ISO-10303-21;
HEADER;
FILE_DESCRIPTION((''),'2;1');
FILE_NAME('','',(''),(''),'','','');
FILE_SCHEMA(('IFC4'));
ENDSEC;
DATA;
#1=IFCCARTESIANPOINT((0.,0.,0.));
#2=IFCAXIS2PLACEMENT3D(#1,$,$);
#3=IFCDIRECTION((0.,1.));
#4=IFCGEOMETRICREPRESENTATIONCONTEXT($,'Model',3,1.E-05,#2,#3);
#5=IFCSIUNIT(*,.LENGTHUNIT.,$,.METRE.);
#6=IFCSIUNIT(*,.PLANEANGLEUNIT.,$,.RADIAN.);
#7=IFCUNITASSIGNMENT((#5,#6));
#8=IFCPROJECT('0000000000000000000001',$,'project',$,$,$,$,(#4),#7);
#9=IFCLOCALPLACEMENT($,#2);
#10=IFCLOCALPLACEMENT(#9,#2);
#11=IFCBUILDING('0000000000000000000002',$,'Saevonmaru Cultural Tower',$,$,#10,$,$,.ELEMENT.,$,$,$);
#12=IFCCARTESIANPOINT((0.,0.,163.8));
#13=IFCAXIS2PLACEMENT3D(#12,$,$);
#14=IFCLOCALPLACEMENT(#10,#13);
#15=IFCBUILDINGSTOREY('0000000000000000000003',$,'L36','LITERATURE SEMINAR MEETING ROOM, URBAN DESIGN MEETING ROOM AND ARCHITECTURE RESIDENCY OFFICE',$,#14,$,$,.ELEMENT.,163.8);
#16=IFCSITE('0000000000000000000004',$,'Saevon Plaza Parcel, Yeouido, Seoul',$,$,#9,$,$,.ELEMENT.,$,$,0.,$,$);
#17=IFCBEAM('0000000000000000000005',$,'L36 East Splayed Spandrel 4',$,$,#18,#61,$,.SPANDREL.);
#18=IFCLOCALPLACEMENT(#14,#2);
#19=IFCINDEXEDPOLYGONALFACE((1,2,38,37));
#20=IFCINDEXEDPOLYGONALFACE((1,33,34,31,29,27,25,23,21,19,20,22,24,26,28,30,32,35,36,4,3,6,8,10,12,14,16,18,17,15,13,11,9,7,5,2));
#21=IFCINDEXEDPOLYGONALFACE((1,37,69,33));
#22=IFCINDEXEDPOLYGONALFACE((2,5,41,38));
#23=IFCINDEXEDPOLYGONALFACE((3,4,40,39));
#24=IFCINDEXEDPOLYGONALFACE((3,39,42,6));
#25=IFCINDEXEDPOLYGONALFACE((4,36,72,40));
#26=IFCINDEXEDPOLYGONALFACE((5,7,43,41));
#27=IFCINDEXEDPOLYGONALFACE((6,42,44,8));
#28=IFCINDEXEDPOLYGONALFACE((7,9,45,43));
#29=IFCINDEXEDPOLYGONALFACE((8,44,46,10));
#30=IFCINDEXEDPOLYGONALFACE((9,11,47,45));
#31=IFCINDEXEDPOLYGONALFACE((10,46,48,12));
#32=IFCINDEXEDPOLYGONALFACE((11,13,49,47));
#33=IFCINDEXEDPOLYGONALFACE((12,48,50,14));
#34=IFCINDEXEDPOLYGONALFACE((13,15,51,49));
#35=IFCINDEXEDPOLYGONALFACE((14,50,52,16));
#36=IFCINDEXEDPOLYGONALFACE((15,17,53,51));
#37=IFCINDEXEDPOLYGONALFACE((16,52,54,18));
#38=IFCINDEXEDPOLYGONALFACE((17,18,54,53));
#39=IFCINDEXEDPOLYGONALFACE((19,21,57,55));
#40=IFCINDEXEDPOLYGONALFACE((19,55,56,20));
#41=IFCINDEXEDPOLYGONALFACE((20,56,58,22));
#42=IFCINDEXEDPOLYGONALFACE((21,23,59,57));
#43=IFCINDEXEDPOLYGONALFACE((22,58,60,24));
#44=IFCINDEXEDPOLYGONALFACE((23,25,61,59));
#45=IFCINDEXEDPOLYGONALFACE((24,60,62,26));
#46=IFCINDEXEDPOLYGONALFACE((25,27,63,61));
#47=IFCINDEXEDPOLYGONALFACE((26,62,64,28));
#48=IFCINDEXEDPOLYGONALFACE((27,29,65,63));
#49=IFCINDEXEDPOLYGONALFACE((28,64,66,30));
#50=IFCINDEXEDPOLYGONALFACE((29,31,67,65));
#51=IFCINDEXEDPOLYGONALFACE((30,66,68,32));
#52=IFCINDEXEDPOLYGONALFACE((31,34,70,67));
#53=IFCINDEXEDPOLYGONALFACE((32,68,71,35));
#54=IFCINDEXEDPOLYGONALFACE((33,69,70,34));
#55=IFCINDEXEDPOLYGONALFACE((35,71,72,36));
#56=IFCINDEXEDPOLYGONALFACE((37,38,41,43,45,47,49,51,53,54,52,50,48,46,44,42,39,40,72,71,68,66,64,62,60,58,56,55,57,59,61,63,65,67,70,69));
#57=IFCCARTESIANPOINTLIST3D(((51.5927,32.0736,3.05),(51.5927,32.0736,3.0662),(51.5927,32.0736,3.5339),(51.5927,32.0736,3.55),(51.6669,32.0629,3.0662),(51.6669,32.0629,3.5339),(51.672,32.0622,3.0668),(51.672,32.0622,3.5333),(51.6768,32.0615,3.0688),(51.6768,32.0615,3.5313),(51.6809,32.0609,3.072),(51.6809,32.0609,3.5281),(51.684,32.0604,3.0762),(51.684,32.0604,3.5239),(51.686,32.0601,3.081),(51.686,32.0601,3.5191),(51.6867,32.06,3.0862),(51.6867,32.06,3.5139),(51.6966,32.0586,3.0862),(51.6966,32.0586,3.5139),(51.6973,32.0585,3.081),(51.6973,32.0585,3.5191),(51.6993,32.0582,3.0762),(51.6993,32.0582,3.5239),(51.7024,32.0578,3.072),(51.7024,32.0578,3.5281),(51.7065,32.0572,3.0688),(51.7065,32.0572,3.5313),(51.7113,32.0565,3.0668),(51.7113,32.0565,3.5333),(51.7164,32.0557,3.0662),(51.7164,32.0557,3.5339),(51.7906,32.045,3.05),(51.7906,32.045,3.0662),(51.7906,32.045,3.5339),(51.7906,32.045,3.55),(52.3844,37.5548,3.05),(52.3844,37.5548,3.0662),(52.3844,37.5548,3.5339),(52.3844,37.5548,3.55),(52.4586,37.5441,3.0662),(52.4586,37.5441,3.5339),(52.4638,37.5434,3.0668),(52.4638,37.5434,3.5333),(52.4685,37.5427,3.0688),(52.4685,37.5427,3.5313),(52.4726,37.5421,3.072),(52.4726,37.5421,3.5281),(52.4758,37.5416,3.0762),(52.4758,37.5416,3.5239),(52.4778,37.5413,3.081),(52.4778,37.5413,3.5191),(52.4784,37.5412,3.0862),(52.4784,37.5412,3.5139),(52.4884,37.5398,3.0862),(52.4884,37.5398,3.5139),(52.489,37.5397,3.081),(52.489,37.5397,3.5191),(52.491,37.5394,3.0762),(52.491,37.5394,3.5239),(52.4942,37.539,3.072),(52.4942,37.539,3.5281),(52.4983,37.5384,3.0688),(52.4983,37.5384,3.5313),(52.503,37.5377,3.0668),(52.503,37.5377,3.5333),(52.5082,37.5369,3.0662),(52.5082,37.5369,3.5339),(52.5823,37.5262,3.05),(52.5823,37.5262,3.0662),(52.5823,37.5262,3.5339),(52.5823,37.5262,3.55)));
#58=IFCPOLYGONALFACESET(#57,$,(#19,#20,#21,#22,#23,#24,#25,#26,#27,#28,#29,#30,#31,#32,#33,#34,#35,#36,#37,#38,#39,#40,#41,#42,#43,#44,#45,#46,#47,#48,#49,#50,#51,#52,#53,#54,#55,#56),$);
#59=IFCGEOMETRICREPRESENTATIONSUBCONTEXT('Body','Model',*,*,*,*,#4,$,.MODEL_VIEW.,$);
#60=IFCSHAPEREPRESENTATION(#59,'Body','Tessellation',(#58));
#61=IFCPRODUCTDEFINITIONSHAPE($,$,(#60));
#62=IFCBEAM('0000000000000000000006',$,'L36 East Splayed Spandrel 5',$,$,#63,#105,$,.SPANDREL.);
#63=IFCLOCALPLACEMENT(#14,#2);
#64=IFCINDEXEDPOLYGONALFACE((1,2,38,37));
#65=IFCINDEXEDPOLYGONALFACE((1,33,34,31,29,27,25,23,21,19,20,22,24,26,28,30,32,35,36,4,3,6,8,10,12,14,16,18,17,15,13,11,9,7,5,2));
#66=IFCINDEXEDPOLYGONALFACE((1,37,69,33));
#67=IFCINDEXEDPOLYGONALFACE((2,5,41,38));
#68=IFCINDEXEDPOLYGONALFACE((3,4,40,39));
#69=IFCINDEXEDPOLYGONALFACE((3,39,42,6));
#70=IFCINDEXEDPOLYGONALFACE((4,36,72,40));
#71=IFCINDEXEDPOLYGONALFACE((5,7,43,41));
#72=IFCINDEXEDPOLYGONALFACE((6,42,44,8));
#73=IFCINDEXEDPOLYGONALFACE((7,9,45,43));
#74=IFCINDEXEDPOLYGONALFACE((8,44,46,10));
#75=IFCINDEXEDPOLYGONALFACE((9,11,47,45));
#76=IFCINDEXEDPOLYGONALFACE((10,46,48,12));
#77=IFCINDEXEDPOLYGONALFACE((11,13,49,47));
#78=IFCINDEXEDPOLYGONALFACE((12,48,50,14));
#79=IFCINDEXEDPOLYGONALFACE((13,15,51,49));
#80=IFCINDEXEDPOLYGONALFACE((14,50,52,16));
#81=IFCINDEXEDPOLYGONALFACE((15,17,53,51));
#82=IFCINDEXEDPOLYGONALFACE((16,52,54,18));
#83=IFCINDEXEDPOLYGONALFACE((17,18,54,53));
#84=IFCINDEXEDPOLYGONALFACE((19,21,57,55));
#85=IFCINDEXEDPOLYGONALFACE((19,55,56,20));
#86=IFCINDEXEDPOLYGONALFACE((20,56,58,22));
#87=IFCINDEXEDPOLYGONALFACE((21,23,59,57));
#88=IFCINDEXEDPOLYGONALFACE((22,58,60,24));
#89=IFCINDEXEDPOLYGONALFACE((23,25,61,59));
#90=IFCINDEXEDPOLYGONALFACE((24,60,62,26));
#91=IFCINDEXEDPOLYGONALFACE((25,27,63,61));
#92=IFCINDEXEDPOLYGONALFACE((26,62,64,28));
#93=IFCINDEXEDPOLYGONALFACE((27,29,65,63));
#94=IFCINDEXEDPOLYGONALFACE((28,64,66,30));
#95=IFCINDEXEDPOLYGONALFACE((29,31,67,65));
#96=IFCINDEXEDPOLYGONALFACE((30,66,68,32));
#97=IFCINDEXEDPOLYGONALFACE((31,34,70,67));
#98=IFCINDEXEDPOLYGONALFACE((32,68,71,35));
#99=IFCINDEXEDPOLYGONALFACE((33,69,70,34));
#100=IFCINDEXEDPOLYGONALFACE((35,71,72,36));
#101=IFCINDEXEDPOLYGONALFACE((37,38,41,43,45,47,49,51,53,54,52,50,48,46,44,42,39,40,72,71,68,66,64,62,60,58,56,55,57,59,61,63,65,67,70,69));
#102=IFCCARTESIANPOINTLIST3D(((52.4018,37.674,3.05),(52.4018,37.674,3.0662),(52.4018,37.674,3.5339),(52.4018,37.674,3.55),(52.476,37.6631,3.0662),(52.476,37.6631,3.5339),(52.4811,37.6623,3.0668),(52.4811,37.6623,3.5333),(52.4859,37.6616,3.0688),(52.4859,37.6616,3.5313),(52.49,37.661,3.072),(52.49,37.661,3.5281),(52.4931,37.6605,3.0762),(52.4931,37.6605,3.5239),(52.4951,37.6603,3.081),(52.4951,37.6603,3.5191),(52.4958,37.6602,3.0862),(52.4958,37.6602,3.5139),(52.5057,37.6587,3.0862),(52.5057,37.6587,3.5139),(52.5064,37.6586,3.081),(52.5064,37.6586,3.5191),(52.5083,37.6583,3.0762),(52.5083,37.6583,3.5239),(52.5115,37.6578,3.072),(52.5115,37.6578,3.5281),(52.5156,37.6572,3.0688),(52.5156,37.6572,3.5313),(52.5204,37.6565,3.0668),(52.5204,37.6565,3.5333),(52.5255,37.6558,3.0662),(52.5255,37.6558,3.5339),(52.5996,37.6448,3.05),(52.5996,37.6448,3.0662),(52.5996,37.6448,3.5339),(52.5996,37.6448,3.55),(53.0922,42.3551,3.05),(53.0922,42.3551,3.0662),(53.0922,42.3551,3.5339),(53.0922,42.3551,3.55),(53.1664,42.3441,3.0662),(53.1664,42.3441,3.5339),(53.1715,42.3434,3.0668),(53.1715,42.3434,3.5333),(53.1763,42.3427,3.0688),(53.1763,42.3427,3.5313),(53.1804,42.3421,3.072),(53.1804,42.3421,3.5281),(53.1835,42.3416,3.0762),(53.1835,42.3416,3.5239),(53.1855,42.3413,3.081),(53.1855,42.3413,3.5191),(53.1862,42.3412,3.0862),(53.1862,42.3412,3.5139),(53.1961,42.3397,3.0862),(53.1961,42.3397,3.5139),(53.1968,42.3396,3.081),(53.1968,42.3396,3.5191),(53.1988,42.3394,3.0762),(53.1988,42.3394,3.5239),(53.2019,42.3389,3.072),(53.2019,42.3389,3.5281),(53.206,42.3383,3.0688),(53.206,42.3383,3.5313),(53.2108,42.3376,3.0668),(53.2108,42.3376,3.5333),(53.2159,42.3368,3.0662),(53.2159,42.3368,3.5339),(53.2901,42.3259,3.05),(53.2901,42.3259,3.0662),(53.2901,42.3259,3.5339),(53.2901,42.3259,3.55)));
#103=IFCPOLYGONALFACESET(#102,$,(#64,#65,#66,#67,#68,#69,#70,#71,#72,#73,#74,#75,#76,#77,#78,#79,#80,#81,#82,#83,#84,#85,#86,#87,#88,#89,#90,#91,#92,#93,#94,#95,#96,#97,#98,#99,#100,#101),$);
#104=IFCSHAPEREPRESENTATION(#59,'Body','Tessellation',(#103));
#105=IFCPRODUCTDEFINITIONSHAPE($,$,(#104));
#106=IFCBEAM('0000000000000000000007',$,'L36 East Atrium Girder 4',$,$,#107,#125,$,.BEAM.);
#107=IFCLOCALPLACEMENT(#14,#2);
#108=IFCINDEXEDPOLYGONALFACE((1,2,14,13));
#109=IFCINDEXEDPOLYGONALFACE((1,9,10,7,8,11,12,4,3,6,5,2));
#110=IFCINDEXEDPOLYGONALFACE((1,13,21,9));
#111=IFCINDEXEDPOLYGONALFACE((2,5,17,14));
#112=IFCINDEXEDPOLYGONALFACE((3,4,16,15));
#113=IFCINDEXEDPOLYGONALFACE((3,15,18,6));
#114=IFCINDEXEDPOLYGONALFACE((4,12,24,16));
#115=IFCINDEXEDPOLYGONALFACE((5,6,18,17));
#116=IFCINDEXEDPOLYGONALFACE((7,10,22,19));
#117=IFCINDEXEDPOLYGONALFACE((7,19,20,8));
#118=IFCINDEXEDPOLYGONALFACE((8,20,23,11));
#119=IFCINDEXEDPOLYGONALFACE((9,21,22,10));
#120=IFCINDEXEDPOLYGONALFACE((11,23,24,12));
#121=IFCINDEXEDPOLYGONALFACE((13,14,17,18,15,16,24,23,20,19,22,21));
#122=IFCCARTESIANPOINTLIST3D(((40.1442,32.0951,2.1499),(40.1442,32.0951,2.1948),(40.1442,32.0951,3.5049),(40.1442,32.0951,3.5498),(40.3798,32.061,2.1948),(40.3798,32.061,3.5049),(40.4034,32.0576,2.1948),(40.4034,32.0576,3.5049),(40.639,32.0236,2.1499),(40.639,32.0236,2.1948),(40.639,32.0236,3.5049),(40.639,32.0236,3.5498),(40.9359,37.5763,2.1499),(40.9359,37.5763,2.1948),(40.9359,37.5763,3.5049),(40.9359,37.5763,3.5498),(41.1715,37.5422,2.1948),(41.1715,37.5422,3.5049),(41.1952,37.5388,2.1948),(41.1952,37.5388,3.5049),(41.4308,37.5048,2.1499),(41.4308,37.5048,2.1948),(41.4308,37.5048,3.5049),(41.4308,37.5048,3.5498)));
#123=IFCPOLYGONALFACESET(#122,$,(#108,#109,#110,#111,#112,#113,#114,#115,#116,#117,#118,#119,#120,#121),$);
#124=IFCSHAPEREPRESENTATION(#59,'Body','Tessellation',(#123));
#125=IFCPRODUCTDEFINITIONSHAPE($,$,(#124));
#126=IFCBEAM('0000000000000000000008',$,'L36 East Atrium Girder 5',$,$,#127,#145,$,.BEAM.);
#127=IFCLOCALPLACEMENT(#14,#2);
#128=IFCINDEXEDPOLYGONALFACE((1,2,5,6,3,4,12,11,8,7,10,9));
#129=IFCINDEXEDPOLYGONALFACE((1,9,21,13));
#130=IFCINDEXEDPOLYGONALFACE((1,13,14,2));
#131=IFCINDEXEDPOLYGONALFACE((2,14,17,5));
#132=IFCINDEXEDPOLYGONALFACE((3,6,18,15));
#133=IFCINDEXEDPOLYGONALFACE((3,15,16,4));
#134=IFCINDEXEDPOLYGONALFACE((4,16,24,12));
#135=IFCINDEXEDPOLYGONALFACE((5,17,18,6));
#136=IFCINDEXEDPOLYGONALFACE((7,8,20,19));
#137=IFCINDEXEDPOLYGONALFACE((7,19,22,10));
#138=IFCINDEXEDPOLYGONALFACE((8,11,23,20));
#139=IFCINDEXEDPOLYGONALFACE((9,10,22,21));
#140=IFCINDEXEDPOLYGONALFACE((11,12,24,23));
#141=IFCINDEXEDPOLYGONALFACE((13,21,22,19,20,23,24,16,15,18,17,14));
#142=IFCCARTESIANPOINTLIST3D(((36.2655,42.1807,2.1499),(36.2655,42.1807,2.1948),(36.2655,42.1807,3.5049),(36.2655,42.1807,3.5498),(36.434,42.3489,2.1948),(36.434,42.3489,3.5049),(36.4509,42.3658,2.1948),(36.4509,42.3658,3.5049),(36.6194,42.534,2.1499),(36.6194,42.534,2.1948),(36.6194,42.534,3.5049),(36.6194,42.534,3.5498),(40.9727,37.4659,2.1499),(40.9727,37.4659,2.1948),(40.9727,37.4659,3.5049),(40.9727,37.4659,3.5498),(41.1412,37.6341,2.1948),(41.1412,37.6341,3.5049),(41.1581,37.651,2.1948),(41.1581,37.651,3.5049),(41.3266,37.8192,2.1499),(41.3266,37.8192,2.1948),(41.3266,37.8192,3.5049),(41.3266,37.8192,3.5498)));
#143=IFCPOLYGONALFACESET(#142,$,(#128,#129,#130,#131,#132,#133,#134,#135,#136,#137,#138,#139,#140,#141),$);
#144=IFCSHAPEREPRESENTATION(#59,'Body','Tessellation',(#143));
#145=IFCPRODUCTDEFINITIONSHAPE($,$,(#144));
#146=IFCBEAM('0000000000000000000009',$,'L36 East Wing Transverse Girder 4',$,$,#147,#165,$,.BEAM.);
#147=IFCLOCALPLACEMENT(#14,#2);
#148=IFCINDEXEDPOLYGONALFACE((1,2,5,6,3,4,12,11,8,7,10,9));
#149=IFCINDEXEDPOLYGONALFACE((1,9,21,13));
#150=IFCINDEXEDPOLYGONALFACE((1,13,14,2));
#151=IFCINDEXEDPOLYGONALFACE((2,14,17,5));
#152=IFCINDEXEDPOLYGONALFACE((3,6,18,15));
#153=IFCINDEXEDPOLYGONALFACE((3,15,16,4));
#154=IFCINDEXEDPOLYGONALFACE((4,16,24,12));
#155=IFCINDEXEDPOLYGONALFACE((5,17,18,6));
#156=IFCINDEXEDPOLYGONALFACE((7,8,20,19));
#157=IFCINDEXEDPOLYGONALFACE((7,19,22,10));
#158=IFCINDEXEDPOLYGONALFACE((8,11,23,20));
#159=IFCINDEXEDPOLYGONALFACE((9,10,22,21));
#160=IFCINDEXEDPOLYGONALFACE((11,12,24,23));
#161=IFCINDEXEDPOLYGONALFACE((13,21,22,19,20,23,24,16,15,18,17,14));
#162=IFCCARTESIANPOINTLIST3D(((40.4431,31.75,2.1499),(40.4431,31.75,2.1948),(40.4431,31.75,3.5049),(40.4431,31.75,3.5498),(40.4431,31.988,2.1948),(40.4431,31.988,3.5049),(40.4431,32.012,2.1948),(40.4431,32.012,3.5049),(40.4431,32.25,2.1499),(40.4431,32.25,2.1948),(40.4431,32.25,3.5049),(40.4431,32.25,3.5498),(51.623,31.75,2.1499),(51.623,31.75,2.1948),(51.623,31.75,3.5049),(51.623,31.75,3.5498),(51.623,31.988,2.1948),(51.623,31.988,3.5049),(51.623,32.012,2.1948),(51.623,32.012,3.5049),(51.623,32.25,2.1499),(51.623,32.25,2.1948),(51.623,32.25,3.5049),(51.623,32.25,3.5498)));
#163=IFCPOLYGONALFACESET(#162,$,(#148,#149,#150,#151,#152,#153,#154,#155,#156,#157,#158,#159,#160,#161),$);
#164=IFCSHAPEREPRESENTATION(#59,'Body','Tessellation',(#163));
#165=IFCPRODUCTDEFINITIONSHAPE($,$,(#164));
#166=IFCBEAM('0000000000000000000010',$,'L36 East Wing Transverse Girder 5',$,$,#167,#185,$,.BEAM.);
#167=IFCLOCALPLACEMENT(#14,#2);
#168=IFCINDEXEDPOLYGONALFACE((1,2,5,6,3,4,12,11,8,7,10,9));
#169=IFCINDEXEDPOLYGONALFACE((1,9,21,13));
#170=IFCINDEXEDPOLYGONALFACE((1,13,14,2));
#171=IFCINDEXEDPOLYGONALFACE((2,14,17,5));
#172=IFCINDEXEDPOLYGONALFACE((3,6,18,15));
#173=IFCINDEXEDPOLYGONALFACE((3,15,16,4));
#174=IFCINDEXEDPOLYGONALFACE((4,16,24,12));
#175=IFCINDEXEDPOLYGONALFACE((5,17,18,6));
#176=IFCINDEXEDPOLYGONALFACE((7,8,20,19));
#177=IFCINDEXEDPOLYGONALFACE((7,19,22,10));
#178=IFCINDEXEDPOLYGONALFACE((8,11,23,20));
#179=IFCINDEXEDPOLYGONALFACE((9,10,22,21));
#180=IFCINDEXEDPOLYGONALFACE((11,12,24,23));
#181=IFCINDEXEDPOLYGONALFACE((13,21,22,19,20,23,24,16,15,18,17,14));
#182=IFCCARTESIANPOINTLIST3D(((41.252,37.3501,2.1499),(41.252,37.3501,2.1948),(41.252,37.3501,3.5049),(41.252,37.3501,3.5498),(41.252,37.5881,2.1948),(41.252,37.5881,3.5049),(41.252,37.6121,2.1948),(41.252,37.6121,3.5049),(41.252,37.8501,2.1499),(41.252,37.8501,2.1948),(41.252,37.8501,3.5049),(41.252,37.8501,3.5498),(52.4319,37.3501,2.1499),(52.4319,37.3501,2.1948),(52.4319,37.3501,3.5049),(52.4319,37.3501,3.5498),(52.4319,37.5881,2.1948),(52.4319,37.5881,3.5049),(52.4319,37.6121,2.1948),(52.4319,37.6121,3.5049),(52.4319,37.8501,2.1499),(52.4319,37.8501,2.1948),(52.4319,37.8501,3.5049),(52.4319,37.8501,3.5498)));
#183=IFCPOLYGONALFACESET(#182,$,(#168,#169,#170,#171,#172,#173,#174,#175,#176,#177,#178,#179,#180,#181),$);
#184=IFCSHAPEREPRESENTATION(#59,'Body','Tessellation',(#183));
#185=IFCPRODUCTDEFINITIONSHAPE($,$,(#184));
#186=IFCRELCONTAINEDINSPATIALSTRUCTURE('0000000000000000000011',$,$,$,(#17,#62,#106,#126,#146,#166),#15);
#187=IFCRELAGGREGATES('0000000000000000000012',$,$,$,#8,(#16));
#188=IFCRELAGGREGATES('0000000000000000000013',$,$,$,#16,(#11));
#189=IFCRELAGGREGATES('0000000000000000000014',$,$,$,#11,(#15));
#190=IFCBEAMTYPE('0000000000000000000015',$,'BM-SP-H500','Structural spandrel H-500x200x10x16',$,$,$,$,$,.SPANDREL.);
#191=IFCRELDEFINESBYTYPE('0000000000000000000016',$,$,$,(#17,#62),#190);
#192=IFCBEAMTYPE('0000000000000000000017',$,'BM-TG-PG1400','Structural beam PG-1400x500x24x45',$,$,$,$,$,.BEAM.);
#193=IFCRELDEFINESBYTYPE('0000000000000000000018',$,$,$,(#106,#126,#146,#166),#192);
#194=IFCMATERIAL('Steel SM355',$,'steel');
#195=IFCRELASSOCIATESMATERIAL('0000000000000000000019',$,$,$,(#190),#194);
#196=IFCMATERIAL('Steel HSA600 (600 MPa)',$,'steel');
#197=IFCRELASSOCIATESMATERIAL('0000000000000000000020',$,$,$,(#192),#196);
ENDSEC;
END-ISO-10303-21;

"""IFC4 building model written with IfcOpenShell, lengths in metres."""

from ifc_helpers import new_model, si_unit, direction, frame, origin, origin_2d, place, context, subcontext, project, spatial, i_section, extrude, material, material_profile, profile_set, type_object, element, save


model = new_model("IFC4")

# Units and contexts
model_context = context("Model", 3, precision=1e-05, world=origin(), true_north=direction((0.0, 1.0)))
body_context = subcontext(model_context, "Body", "Model", "MODEL_VIEW")
ifc_project = project(units=[si_unit("LENGTHUNIT", "METRE"), si_unit("PLANEANGLEUNIT", "RADIAN")], contexts=[model_context])

# Site, building, storey
site_placement = place(None, origin())
site = spatial("IfcSite", under=ifc_project, at=site_placement, Name="Saevon Plaza Parcel, Yeouido, Seoul", CompositionType="ELEMENT", RefElevation=0.0)
building_placement = place(site_placement, origin())
building = spatial("IfcBuilding", under=site, at=building_placement, Name="Saevonmaru Cultural Tower", CompositionType="ELEMENT")
storey_placement = place(building_placement, frame((0.0, 0.0, 163.8)))
storey = spatial("IfcBuildingStorey", under=building, at=storey_placement, Name="L36", Description="LITERATURE SEMINAR MEETING ROOM, URBAN DESIGN MEETING ROOM AND ARCHITECTURE RESIDENCY OFFICE", CompositionType="ELEMENT", Elevation=163.8)

# Shared definitions
ifc_material_1 = material(Name="Steel SM355", Category="steel")

# Beams
ifc_material_profile_1 = material_profile(ifc_material_1, i_section(OverallWidth=0.2, OverallDepth=0.5, WebThickness=0.01, FlangeThickness=0.0161, FilletRadius=0.02, at=origin_2d()), Name="H-500x200x10x16")
ifc_profile_set_1 = profile_set([ifc_material_profile_1], Name="Steel SM355")
beam_type_1 = type_object("IfcBeamType", Name="BM-SP-H500", Description="Structural spandrel H-500x200x10x16", PredefinedType="SPANDREL", material=ifc_profile_set_1)
beam_1_placement = place(storey_placement, frame((51.6917, 32.0593, 3.3), z_axis=(0.142964, 0.989728, 0.0), x_axis=(-0.989728, 0.142964, 0.0)))
element("IfcBeam", 1, at=beam_1_placement, inside=storey, type_object=beam_type_1, Name="L36 East Splayed Spandrel 4", PredefinedType="SPANDREL", context=body_context, shape_type="SweptSolid", body=[
    extrude(i_section(OverallWidth=0.2, OverallDepth=0.5, WebThickness=0.01, FlangeThickness=0.0161, FilletRadius=0.02, at=origin_2d()), origin(), (0.0, 0.0, 1.0), 5.5381),
])
beam_2_placement = place(storey_placement, frame((52.5007, 37.6594, 3.3), z_axis=(0.145913, 0.989297, 0.0), x_axis=(-0.989297, 0.145913, 0.0)))
element("IfcBeam", 2, at=beam_2_placement, inside=storey, type_object=beam_type_1, Name="L36 East Splayed Spandrel 5", PredefinedType="SPANDREL", context=body_context, shape_type="SweptSolid", body=[
    extrude(i_section(OverallWidth=0.2, OverallDepth=0.5, WebThickness=0.01, FlangeThickness=0.0161, FilletRadius=0.02, at=origin_2d()), origin(), (0.0, 0.0, 1.0), 4.7317),
])
ifc_material_2 = material(Name="Steel HSA600 (600 MPa)", Category="steel")
ifc_material_profile_2 = material_profile(ifc_material_2, i_section(OverallWidth=0.5, OverallDepth=1.3999, WebThickness=0.0239, FlangeThickness=0.0449, at=origin_2d()), Name="PG-1400x500x24x45")
ifc_profile_set_2 = profile_set([ifc_material_profile_2], Name="Steel HSA600 (600 MPa)")
beam_type_2 = type_object("IfcBeamType", Name="BM-TG-PG1400", Description="Structural beam PG-1400x500x24x45", PredefinedType="BEAM", material=ifc_profile_set_2)
beam_3_placement = place(storey_placement, frame((40.3916, 32.0593, 2.8499), z_axis=(0.142964, 0.989728, 0.0), x_axis=(-0.989728, 0.142964, 0.0)))
element("IfcBeam", 3, at=beam_3_placement, inside=storey, type_object=beam_type_2, Name="L36 East Atrium Girder 4", PredefinedType="BEAM", context=body_context, shape_type="SweptSolid", body=[
    extrude(i_section(OverallWidth=0.5, OverallDepth=1.3999, WebThickness=0.0239, FlangeThickness=0.0449, at=origin_2d()), origin(), (0.0, 0.0, 1.0), 5.5381),
])
beam_4_placement = place(storey_placement, frame((41.1497, 37.6426, 2.8499), z_axis=(-0.706539, 0.707675, 0.0), x_axis=(-0.707675, -0.706539, 0.0)))
element("IfcBeam", 4, at=beam_4_placement, inside=storey, type_object=beam_type_2, Name="L36 East Atrium Girder 5", PredefinedType="BEAM", context=body_context, shape_type="SweptSolid", body=[
    extrude(i_section(OverallWidth=0.5, OverallDepth=1.3999, WebThickness=0.0239, FlangeThickness=0.0449, at=origin_2d()), origin(), (0.0, 0.0, 1.0), 6.6624),
])
for number, where, z_axis, x_axis, name in (
    (5, (40.4431, 32.0, 2.8499), (1.0, 0.0, 0.0), (0.0, 1.0, 0.0), "L36 East Wing Transverse Girder 4"),
    (6, (41.252, 37.6001, 2.8499), (1.0, 0.0, 0.0), (0.0, 1.0, 0.0), "L36 East Wing Transverse Girder 5"),
):
    element("IfcBeam", number, at=place(storey_placement, frame(where, z_axis=z_axis, x_axis=x_axis)), inside=storey, type_object=beam_type_2, Name=name, PredefinedType="BEAM", context=body_context, shape_type="SweptSolid", body=[
        extrude(i_section(OverallWidth=0.5, OverallDepth=1.3999, WebThickness=0.0239, FlangeThickness=0.0449, at=origin_2d()), origin(), (0.0, 0.0, 1.0), 11.1799),
    ])

save(model, "model.ifc")
